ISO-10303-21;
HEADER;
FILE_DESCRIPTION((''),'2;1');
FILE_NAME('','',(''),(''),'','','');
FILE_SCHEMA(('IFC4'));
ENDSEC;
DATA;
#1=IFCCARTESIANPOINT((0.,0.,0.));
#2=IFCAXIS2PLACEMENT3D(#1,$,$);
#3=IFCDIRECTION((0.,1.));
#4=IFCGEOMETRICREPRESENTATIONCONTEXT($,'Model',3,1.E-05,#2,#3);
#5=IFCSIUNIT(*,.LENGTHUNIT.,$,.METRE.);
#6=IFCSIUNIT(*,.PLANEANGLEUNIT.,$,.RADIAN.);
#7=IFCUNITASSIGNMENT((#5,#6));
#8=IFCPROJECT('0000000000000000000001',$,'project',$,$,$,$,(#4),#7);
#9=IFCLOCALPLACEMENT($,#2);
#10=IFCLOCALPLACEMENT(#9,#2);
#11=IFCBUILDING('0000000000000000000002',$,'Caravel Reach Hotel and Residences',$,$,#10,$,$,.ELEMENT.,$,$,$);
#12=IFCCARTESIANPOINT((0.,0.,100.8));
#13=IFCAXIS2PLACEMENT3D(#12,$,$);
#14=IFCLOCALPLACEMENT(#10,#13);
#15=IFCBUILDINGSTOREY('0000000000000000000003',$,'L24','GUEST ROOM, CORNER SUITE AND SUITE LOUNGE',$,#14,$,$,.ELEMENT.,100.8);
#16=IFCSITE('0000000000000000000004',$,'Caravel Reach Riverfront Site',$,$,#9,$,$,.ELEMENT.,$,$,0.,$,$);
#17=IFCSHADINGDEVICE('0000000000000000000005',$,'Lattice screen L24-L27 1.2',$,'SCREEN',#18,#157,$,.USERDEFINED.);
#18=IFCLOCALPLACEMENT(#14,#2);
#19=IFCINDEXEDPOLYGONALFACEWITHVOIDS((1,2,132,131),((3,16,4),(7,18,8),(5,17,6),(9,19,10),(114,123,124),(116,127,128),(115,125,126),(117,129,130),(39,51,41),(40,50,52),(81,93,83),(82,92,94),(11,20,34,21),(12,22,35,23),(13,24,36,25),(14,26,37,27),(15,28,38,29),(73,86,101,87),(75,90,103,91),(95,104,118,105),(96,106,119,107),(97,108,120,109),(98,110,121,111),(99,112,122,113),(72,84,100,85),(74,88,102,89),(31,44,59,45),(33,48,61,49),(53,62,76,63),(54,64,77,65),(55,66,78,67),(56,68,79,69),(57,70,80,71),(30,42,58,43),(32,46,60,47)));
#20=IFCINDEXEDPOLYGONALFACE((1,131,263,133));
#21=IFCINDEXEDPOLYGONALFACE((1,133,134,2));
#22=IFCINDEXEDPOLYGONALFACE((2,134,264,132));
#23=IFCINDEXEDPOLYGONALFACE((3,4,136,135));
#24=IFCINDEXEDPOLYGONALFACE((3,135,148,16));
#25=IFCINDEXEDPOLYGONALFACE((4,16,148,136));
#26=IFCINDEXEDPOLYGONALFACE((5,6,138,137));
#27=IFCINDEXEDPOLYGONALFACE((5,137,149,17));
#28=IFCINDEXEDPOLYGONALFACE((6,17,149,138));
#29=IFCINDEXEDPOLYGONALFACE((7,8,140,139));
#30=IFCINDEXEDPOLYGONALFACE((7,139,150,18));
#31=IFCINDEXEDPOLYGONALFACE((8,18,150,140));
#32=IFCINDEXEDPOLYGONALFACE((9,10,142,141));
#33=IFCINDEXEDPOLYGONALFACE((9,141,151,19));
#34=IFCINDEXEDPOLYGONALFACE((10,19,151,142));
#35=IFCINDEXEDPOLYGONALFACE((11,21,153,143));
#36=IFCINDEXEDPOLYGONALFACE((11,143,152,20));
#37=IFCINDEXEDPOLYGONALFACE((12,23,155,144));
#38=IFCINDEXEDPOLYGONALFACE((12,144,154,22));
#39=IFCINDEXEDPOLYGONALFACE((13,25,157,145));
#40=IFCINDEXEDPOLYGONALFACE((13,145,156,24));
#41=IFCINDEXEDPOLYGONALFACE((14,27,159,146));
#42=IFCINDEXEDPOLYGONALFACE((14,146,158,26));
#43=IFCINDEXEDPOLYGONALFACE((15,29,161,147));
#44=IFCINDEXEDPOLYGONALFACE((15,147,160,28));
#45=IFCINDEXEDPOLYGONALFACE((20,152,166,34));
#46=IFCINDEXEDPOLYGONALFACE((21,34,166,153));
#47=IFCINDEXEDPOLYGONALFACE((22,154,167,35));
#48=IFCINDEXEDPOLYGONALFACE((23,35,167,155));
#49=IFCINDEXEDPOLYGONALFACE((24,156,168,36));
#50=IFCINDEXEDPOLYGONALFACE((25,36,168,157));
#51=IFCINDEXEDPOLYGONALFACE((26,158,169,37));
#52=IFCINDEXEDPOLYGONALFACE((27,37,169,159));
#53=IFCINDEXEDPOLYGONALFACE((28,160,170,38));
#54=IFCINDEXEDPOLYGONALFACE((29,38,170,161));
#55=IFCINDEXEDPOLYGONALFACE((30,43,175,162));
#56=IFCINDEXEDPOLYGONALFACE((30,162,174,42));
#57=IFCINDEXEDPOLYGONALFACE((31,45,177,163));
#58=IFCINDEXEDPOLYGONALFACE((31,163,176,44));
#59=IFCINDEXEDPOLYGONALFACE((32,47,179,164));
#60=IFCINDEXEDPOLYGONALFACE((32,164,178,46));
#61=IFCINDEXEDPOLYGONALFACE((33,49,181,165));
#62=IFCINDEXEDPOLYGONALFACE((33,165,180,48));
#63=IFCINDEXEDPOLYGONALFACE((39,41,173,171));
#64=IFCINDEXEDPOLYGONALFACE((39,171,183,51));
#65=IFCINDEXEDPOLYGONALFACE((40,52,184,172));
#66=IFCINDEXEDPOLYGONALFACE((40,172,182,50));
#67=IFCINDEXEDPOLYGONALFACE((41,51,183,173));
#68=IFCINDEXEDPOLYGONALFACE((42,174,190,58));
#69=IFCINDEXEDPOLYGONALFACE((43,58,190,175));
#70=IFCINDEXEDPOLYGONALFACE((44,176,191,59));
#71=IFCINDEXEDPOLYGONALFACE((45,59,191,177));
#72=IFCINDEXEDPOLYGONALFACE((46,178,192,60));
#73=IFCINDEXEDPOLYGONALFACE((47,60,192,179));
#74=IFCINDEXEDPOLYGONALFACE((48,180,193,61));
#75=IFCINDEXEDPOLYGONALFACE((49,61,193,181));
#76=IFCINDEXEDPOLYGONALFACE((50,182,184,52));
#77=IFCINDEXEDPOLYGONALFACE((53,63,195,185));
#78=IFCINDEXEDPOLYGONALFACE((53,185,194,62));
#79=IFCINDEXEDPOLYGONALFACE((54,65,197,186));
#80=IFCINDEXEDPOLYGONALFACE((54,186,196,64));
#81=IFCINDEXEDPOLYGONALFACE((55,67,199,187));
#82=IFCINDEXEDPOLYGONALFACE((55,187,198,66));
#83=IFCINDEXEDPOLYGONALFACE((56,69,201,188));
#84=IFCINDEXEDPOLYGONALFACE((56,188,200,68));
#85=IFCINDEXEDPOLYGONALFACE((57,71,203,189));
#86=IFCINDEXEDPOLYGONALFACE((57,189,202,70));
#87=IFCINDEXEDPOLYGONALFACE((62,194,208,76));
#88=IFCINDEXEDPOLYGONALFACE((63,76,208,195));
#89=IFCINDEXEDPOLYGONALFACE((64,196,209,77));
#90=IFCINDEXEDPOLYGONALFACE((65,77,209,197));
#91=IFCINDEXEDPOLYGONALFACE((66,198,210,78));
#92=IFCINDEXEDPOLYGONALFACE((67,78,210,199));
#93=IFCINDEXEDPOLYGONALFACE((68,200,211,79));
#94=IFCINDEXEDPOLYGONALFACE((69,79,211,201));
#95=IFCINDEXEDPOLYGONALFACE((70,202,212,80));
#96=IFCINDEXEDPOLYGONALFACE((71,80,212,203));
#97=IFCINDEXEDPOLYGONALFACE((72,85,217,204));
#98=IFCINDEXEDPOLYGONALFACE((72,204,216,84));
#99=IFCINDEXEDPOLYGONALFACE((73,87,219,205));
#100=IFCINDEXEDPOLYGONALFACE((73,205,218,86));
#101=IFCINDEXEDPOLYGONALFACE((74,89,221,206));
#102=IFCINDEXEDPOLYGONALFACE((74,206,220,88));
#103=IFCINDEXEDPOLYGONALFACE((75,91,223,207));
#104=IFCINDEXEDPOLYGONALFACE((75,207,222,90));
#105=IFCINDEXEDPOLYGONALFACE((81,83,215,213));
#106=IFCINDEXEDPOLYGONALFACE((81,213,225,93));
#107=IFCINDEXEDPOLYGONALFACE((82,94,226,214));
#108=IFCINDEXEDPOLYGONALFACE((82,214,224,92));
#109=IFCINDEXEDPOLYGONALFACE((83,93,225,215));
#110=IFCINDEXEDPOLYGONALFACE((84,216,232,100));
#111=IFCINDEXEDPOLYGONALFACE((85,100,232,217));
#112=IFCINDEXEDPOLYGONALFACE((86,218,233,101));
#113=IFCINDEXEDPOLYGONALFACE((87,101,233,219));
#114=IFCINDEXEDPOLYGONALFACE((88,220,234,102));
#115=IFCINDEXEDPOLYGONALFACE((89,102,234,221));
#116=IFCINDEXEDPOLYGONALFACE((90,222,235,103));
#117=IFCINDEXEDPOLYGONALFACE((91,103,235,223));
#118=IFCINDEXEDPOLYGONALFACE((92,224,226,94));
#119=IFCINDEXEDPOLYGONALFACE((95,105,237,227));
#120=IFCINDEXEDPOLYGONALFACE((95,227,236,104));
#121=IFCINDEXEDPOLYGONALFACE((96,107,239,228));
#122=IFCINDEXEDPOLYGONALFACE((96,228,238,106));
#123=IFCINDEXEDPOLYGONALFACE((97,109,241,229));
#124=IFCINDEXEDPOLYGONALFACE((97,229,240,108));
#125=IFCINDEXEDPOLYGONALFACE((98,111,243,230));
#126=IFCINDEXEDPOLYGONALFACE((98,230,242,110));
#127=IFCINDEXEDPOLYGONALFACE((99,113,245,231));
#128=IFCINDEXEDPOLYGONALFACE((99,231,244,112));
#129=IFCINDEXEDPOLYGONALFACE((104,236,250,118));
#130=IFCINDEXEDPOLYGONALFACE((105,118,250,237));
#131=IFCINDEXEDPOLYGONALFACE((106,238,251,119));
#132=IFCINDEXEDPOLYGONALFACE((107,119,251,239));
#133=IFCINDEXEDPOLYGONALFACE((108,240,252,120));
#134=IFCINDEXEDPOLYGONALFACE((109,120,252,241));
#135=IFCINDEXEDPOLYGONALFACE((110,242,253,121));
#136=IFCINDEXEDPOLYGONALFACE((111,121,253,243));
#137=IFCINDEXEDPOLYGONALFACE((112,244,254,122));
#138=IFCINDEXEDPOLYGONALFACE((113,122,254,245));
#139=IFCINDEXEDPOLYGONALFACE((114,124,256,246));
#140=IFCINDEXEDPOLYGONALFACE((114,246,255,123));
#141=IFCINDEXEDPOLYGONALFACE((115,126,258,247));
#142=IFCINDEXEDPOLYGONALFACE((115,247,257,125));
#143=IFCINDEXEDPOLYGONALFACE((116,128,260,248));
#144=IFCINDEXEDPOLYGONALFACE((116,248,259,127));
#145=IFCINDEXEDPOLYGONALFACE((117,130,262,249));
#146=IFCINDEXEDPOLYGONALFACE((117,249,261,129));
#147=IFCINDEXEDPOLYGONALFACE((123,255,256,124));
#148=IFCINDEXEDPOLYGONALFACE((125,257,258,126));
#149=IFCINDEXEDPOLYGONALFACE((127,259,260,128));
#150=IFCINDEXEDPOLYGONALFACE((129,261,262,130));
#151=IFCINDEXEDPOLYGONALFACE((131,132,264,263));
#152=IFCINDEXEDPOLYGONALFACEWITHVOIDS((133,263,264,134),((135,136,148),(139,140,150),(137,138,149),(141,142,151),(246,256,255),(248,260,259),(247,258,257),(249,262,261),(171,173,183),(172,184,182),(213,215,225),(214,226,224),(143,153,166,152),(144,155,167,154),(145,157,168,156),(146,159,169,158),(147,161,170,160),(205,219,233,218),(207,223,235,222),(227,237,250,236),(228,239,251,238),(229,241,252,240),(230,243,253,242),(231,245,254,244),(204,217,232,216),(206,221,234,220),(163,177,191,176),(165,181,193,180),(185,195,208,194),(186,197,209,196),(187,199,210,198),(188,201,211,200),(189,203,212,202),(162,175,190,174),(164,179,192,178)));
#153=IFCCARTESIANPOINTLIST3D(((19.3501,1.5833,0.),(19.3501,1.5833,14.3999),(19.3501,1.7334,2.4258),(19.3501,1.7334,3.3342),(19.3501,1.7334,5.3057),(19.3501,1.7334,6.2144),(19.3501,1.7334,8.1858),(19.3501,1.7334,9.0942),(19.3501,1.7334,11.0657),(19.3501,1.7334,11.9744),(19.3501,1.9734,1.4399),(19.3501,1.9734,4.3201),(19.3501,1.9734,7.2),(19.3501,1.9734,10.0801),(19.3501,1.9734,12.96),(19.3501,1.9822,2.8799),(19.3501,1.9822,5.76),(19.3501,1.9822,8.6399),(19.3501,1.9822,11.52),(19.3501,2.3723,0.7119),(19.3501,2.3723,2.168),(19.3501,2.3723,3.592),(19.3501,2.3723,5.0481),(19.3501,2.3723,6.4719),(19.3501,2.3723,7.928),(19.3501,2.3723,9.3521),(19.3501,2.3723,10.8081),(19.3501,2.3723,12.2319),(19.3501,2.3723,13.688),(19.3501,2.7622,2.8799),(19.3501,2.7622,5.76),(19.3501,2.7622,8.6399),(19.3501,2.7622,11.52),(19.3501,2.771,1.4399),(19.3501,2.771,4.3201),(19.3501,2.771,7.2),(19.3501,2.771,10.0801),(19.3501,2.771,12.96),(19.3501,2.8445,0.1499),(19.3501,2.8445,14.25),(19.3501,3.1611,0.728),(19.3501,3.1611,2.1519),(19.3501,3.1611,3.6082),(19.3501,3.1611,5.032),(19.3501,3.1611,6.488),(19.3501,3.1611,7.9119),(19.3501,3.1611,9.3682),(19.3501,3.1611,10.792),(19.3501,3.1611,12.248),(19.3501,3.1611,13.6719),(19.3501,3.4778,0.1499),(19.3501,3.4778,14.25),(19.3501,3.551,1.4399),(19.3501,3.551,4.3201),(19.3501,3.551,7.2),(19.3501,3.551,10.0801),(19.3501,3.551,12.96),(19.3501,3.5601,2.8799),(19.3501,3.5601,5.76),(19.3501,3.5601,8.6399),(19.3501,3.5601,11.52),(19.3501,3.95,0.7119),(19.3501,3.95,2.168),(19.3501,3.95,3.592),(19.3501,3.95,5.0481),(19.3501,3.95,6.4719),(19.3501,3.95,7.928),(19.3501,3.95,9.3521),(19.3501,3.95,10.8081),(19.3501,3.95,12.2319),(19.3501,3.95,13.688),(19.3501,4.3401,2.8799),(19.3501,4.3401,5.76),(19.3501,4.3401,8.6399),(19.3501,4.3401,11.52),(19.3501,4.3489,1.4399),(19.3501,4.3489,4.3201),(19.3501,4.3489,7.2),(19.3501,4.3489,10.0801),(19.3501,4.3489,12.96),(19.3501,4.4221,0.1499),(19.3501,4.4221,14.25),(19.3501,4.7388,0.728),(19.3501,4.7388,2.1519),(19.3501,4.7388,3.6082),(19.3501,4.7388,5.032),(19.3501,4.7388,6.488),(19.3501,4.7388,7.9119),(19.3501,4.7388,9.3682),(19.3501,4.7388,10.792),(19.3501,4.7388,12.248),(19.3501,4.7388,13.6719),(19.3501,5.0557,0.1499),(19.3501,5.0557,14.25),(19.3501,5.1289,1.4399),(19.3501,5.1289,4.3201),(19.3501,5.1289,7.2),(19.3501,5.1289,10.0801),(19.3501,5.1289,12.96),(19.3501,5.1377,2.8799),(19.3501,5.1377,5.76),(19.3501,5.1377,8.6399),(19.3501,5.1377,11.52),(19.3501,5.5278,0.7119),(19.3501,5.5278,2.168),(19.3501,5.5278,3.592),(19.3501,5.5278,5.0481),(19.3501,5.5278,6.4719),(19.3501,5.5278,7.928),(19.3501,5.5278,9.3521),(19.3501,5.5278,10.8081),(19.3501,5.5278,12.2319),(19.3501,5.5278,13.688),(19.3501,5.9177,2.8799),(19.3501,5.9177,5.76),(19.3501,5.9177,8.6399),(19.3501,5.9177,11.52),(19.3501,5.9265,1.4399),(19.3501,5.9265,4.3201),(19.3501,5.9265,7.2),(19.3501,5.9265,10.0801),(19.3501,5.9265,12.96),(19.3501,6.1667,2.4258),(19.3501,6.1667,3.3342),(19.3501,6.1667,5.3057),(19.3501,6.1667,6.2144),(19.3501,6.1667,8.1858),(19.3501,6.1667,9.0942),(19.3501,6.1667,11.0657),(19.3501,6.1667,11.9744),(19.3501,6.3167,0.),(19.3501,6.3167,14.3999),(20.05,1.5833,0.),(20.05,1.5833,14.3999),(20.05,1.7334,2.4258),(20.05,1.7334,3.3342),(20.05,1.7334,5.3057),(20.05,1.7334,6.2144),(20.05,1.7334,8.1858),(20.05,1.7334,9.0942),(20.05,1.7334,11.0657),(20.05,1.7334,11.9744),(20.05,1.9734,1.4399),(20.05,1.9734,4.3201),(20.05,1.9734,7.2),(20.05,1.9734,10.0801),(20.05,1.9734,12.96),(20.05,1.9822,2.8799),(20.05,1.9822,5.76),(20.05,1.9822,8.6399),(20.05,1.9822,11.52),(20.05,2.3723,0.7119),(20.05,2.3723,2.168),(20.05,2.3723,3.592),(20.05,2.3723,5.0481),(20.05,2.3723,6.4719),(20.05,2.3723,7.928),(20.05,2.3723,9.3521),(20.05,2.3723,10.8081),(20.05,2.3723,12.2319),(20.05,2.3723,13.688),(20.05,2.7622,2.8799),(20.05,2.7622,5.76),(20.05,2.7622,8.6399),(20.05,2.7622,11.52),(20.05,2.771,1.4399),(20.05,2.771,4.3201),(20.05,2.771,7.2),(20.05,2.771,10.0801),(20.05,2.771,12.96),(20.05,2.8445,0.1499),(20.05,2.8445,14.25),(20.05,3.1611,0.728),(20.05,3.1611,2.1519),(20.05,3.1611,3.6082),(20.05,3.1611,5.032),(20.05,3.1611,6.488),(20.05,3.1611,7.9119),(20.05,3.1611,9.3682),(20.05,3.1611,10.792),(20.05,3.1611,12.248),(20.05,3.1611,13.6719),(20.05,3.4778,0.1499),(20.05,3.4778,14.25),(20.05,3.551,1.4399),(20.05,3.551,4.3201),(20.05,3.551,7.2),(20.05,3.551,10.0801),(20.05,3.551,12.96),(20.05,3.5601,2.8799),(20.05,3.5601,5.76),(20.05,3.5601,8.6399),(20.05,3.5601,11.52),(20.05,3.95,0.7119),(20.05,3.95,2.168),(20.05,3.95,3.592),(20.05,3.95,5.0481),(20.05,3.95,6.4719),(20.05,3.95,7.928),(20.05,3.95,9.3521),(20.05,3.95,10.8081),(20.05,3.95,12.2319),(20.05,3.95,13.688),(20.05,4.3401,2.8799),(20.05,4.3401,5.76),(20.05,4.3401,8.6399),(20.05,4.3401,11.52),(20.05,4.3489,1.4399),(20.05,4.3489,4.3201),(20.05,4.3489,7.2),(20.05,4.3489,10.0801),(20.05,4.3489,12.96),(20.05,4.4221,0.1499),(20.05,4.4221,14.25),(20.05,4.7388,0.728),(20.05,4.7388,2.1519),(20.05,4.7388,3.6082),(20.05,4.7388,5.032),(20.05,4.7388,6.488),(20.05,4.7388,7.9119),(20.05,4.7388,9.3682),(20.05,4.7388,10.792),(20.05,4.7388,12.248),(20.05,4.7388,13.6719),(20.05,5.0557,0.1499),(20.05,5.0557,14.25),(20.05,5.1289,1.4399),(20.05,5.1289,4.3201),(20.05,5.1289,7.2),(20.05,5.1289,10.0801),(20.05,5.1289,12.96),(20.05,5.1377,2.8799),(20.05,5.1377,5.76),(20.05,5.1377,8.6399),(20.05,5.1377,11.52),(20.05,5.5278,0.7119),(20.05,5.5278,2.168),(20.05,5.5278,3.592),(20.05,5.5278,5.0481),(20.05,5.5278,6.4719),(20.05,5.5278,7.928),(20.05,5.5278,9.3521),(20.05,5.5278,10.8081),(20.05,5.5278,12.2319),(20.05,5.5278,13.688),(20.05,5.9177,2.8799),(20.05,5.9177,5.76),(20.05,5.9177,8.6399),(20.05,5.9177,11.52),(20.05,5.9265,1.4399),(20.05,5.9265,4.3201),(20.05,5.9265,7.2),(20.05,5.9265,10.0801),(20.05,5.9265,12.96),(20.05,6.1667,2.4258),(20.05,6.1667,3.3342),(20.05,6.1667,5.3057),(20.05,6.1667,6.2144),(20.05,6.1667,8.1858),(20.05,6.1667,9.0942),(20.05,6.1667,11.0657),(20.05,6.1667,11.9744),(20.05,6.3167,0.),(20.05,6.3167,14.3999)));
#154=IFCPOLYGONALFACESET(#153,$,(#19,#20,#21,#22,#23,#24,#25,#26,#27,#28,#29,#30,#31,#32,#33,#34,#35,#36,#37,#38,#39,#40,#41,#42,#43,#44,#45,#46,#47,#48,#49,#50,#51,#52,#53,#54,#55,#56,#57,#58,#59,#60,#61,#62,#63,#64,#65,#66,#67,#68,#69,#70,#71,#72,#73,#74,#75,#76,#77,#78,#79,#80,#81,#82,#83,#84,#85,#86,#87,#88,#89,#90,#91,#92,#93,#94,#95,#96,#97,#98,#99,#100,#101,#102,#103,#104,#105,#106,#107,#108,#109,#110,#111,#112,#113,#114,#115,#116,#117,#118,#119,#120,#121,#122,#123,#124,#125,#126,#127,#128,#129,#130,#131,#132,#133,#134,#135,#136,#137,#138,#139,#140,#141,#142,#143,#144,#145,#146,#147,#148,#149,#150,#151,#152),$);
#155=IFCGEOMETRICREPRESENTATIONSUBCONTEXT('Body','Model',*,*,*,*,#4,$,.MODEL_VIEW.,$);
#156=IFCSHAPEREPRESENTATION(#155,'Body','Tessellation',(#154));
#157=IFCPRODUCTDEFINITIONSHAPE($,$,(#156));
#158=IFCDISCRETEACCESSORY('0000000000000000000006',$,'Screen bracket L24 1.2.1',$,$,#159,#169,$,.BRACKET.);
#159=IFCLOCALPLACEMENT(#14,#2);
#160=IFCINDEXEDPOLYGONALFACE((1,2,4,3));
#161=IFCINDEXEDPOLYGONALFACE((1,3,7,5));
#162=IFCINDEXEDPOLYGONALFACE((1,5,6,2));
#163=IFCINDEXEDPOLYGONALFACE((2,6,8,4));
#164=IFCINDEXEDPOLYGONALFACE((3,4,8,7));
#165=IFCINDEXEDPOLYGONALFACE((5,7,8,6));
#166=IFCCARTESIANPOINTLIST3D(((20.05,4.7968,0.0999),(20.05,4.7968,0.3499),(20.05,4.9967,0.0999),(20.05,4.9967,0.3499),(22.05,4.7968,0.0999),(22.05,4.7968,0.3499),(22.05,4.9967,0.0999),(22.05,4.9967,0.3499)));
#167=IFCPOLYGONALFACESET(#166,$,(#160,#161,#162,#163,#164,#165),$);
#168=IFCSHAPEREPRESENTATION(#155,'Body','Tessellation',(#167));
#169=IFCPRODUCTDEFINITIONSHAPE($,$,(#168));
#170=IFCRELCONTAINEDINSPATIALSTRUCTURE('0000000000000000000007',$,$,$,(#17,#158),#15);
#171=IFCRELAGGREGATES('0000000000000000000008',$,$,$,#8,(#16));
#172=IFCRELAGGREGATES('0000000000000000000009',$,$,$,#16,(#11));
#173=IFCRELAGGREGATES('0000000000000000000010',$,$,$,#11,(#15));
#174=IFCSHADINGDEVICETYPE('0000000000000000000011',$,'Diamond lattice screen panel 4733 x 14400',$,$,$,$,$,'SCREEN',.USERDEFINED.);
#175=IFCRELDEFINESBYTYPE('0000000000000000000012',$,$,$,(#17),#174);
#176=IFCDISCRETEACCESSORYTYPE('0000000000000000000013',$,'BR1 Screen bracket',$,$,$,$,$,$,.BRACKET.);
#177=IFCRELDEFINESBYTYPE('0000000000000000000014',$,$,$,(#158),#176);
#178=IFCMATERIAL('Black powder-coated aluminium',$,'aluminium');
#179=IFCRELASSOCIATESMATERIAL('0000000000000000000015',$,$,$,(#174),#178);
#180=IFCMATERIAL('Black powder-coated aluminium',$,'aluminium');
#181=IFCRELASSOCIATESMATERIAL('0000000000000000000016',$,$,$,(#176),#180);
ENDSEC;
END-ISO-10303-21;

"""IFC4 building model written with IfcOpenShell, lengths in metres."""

from ifc_helpers import new_model, si_unit, direction, frame, origin, origin_2d, place, context, subcontext, project, spatial, polyline, rectangle, outline, extrude, material, type_object, element, save


model = new_model("IFC4")

# Units and contexts
model_context = context("Model", 3, precision=1e-05, world=origin(), true_north=direction((0.0, 1.0)))
body_context = subcontext(model_context, "Body", "Model", "MODEL_VIEW")
ifc_project = project(units=[si_unit("LENGTHUNIT", "METRE"), si_unit("PLANEANGLEUNIT", "RADIAN")], contexts=[model_context])

# Site, building, storey
site_placement = place(None, origin())
site = spatial("IfcSite", under=ifc_project, at=site_placement, Name="Caravel Reach Riverfront Site", CompositionType="ELEMENT", RefElevation=0.0)
building_placement = place(site_placement, origin())
building = spatial("IfcBuilding", under=site, at=building_placement, Name="Caravel Reach Hotel and Residences", CompositionType="ELEMENT")
storey_placement = place(building_placement, frame((0.0, 0.0, 100.8)))
storey = spatial("IfcBuildingStorey", under=building, at=storey_placement, Name="L24", Description="GUEST ROOM, CORNER SUITE AND SUITE LOUNGE", CompositionType="ELEMENT", Elevation=100.8)

# Shading device
ifc_material_1 = material(Name="Black powder-coated aluminium", Category="aluminium")
shading_device_type = type_object("IfcShadingDeviceType", Name="Diamond lattice screen panel 4733 x 14400", ElementType="SCREEN", PredefinedType="USERDEFINED", material=ifc_material_1)
shading_device_placement = place(storey_placement, frame((20.05, 6.3167, 0.0), z_axis=(-1.0, 0.0, 0.0), x_axis=(0.0, -1.0, 0.0)))
element("IfcShadingDevice", 1, at=shading_device_placement, inside=storey, type_object=shading_device_type, Name="Lattice screen L24-L27 1.2", ObjectType="SCREEN", PredefinedType="USERDEFINED", context=body_context, shape_type="SweptSolid", body=[
    extrude(outline(polyline([(0.0, 0.0), (4.7334, 0.0), (4.7334, 14.3999), (0.0, 14.3999), (0.0, 0.0)]), holes=[polyline([(0.3989, 2.8799), (0.1499, 3.3342), (0.1499, 2.4258), (0.3989, 2.8799)]), polyline([(0.3989, 5.76), (0.1499, 6.2144), (0.1499, 5.3057), (0.3989, 5.76)]), polyline([(0.3989, 8.6399), (0.1499, 9.0942), (0.1499, 8.1858), (0.3989, 8.6399)]), polyline([(0.3989, 11.52), (0.1499, 11.9744), (0.1499, 11.0657), (0.3989, 11.52)]), polyline([(0.7888, 2.168), (0.3901, 1.4399), (0.7888, 0.7119), (1.1877, 1.4399), (0.7888, 2.168)]), polyline([(0.7888, 5.0481), (0.3901, 4.3201), (0.7888, 3.592), (1.1877, 4.3201), (0.7888, 5.0481)]), polyline([(0.7888, 7.928), (0.3901, 7.2), (0.7888, 6.4719), (1.1877, 7.2), (0.7888, 7.928)]), polyline([(0.7888, 10.8081), (0.3901, 10.0801), (0.7888, 9.3521), (1.1877, 10.0801), (0.7888, 10.8081)]), polyline([(0.7888, 13.688), (0.3901, 12.96), (0.7888, 12.2319), (1.1877, 12.96), (0.7888, 13.688)]), polyline([(1.5779, 0.728), (1.261, 0.1499), (1.8945, 0.1499), (1.5779, 0.728)]), polyline([(1.5779, 3.6082), (1.179, 2.8799), (1.5779, 2.1519), (1.9766, 2.8799), (1.5779, 3.6082)]), polyline([(1.5779, 6.488), (1.179, 5.76), (1.5779, 5.032), (1.9766, 5.76), (1.5779, 6.488)]), polyline([(1.5779, 9.3682), (1.179, 8.6399), (1.5779, 7.9119), (1.9766, 8.6399), (1.5779, 9.3682)]), polyline([(1.5779, 12.248), (1.179, 11.52), (1.5779, 10.792), (1.9766, 11.52), (1.5779, 12.248)]), polyline([(1.5779, 13.6719), (1.8945, 14.25), (1.261, 14.25), (1.5779, 13.6719)]), polyline([(2.3667, 2.168), (1.9678, 1.4399), (2.3667, 0.7119), (2.7656, 1.4399), (2.3667, 2.168)]), polyline([(2.3667, 5.0481), (1.9678, 4.3201), (2.3667, 3.592), (2.7656, 4.3201), (2.3667, 5.0481)]), polyline([(2.3667, 7.928), (1.9678, 7.2), (2.3667, 6.4719), (2.7656, 7.2), (2.3667, 7.928)]), polyline([(2.3667, 10.8081), (1.9678, 10.0801), (2.3667, 9.3521), (2.7656, 10.0801), (2.3667, 10.8081)]), polyline([(2.3667, 13.688), (1.9678, 12.96), (2.3667, 12.2319), (2.7656, 12.96), (2.3667, 13.688)]), polyline([(3.1555, 0.728), (2.8389, 0.1499), (3.4722, 0.1499), (3.1555, 0.728)]), polyline([(3.1555, 3.6082), (2.7566, 2.8799), (3.1555, 2.1519), (3.5544, 2.8799), (3.1555, 3.6082)]), polyline([(3.1555, 6.488), (2.7566, 5.76), (3.1555, 5.032), (3.5544, 5.76), (3.1555, 6.488)]), polyline([(3.1555, 9.3682), (2.7566, 8.6399), (3.1555, 7.9119), (3.5544, 8.6399), (3.1555, 9.3682)]), polyline([(3.1555, 12.248), (2.7566, 11.52), (3.1555, 10.792), (3.5544, 11.52), (3.1555, 12.248)]), polyline([(3.1555, 13.6719), (3.4722, 14.25), (2.8389, 14.25), (3.1555, 13.6719)]), polyline([(3.9443, 2.168), (3.5457, 1.4399), (3.9443, 0.7119), (4.3433, 1.4399), (3.9443, 2.168)]), polyline([(3.9443, 5.0481), (3.5457, 4.3201), (3.9443, 3.592), (4.3433, 4.3201), (3.9443, 5.0481)]), polyline([(3.9443, 7.928), (3.5457, 7.2), (3.9443, 6.4719), (4.3433, 7.2), (3.9443, 7.928)]), polyline([(3.9443, 10.8081), (3.5457, 10.0801), (3.9443, 9.3521), (4.3433, 10.0801), (3.9443, 10.8081)]), polyline([(3.9443, 13.688), (3.5457, 12.96), (3.9443, 12.2319), (4.3433, 12.96), (3.9443, 13.688)]), polyline([(4.3345, 2.8799), (4.5833, 2.4258), (4.5833, 3.3342), (4.3345, 2.8799)]), polyline([(4.3345, 5.76), (4.5833, 5.3057), (4.5833, 6.2144), (4.3345, 5.76)]), polyline([(4.3345, 8.6399), (4.5833, 8.1858), (4.5833, 9.0942), (4.3345, 8.6399)]), polyline([(4.3345, 11.52), (4.5833, 11.0657), (4.5833, 11.9744), (4.3345, 11.52)])]), origin(), (0.0, 0.0, 1.0), 0.7),
])

# Discrete accessory
ifc_material_2 = material(Name="Black powder-coated aluminium", Category="aluminium")
discrete_accessory_type = type_object("IfcDiscreteAccessoryType", Name="BR1 Screen bracket", PredefinedType="BRACKET", material=ifc_material_2)
discrete_accessory_placement = place(storey_placement, frame((21.05, 4.8967, 0.0999), z_axis=(0.0, 0.0, 1.0), x_axis=(-1.0, 0.0, 0.0)))
element("IfcDiscreteAccessory", 2, at=discrete_accessory_placement, inside=storey, type_object=discrete_accessory_type, Name="Screen bracket L24 1.2.1", PredefinedType="BRACKET", context=body_context, shape_type="SweptSolid", body=[
    extrude(rectangle(XDim=2.0, YDim=0.2, at=origin_2d()), origin(), (0.0, 0.0, 1.0), 0.25),
])

save(model, "model.ifc")
